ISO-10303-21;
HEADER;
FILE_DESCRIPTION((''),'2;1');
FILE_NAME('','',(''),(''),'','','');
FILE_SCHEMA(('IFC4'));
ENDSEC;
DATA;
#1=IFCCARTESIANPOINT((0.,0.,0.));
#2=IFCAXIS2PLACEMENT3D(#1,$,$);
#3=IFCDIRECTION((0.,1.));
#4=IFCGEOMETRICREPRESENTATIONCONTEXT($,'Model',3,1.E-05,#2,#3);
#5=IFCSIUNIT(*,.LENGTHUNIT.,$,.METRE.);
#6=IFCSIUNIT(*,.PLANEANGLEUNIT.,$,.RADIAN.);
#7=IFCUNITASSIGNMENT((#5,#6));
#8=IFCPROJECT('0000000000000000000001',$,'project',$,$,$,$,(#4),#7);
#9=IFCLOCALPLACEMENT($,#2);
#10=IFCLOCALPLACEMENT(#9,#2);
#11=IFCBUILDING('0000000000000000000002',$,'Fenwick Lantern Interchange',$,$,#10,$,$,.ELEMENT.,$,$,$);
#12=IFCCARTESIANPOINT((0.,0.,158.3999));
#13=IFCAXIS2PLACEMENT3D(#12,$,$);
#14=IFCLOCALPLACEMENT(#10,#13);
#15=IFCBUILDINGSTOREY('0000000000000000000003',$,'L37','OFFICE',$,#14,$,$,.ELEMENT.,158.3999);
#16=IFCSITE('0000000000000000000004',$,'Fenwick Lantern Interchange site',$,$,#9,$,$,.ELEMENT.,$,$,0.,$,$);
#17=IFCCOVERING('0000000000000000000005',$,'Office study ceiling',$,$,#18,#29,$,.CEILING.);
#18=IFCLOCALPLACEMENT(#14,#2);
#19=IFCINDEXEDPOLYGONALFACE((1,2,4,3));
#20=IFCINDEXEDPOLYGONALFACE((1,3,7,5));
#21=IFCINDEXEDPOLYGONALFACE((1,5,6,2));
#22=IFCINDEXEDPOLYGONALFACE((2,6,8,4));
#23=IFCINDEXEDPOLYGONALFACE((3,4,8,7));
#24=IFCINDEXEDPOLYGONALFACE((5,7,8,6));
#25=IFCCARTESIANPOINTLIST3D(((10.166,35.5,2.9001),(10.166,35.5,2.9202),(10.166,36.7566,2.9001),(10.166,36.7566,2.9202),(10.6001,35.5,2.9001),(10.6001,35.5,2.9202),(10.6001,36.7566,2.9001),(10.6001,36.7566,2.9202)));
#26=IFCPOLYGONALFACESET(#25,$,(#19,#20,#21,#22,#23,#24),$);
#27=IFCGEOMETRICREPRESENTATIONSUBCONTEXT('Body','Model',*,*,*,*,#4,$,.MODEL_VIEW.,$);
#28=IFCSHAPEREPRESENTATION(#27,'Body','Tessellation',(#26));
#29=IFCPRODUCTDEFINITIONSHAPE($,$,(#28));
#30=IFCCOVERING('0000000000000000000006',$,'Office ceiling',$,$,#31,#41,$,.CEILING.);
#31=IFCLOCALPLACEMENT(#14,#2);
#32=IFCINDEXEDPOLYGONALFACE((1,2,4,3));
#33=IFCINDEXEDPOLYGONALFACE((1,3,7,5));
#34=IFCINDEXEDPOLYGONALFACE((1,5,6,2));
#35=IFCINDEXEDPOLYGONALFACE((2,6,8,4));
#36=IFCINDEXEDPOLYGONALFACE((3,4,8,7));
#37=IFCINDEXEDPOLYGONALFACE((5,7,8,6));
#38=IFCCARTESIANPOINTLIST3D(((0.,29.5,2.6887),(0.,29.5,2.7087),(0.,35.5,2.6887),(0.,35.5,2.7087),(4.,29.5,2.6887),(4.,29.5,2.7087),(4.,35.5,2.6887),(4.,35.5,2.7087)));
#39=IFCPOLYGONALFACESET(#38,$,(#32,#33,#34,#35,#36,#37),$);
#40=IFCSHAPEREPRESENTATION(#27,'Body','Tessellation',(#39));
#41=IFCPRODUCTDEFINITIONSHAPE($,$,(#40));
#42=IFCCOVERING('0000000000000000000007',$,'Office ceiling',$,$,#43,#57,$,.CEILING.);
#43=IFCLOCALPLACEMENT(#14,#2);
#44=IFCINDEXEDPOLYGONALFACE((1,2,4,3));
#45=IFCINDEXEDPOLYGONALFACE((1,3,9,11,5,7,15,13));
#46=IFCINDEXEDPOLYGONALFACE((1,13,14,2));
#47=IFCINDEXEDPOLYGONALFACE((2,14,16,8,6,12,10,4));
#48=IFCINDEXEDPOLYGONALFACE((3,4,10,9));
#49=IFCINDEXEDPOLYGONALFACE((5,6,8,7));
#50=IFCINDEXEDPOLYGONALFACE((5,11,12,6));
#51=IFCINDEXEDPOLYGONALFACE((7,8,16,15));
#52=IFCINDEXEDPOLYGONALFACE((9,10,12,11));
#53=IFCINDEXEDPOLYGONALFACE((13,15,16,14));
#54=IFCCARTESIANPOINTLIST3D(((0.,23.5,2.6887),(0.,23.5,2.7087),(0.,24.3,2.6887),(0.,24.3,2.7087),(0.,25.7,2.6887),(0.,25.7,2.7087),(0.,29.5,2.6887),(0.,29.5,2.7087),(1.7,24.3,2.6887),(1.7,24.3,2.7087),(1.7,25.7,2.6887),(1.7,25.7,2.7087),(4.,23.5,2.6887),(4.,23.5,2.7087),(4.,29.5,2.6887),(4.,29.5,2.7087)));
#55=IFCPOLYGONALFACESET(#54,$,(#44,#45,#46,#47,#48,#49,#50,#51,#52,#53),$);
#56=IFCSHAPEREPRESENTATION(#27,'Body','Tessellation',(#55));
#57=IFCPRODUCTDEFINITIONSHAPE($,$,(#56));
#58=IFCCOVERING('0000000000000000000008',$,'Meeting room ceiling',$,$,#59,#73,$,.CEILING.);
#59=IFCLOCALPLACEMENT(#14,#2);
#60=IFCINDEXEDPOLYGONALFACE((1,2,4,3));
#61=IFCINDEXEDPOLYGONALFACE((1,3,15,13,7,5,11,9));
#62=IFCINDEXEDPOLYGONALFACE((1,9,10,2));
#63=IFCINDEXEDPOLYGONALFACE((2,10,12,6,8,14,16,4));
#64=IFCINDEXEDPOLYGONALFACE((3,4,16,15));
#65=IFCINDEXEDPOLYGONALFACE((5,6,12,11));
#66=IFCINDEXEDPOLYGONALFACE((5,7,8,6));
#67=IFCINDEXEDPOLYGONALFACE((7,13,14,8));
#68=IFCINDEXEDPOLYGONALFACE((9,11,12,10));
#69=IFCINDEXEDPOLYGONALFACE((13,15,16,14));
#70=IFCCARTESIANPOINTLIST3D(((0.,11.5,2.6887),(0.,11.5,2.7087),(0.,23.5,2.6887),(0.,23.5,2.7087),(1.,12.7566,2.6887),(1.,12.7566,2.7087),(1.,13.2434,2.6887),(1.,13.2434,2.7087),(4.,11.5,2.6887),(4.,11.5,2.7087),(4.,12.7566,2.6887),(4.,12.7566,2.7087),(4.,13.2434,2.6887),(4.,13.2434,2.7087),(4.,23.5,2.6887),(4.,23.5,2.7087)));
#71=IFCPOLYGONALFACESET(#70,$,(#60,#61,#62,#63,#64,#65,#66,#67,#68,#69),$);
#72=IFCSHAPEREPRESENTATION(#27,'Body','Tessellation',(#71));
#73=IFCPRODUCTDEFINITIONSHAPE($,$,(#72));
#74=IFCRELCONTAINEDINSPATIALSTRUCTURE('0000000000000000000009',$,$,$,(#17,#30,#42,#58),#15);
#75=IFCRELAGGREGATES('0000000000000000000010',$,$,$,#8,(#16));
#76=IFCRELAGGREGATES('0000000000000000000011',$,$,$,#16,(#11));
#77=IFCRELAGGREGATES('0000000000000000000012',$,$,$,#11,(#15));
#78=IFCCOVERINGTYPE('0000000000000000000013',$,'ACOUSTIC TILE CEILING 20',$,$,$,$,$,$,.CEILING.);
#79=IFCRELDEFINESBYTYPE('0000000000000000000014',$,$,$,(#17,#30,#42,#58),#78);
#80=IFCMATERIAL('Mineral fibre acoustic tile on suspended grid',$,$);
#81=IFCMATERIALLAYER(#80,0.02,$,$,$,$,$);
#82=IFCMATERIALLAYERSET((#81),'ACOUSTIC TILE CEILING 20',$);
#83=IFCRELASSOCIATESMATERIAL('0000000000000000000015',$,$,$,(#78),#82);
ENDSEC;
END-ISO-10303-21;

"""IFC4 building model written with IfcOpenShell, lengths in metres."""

from ifc_helpers import new_model, si_unit, direction, frame, origin, place, context, subcontext, project, spatial, polyline, outline, extrude, material, layer, layer_set, type_object, element, save


model = new_model("IFC4")

# Units and contexts
model_context = context("Model", 3, precision=1e-05, world=origin(), true_north=direction((0.0, 1.0)))
body_context = subcontext(model_context, "Body", "Model", "MODEL_VIEW")
ifc_project = project(units=[si_unit("LENGTHUNIT", "METRE"), si_unit("PLANEANGLEUNIT", "RADIAN")], contexts=[model_context])

# Site, building, storey
site_placement = place(None, origin())
site = spatial("IfcSite", under=ifc_project, at=site_placement, Name="Fenwick Lantern Interchange site", CompositionType="ELEMENT", RefElevation=0.0)
building_placement = place(site_placement, origin())
building = spatial("IfcBuilding", under=site, at=building_placement, Name="Fenwick Lantern Interchange", CompositionType="ELEMENT")
storey_placement = place(building_placement, frame((0.0, 0.0, 158.3999)))
storey = spatial("IfcBuildingStorey", under=building, at=storey_placement, Name="L37", Description="OFFICE", CompositionType="ELEMENT", Elevation=158.3999)

# Coverings
ifc_material_1 = material(Name="Mineral fibre acoustic tile on suspended grid")
ifc_layer_1 = layer(ifc_material_1, 0.02)
ifc_layer_set_1 = layer_set([ifc_layer_1], Name="ACOUSTIC TILE CEILING 20")
covering_type_1 = type_object("IfcCoveringType", Name="ACOUSTIC TILE CEILING 20", PredefinedType="CEILING", material=ifc_layer_set_1)
covering_1_placement = place(storey_placement, frame((0.0, 0.0, 2.9001)))
element("IfcCovering", 1, at=covering_1_placement, inside=storey, type_object=covering_type_1, Name="Office study ceiling", PredefinedType="CEILING", context=body_context, shape_type="SweptSolid", body=[
    extrude(outline(polyline([(10.6001, 35.5), (10.6001, 36.7566), (10.166, 36.7566), (10.166, 35.5), (10.6001, 35.5)])), origin(), (0.0, 0.0, 1.0), 0.02),
])
covering_2_placement = place(storey_placement, frame((0.0, 0.0, 2.6887)))
element("IfcCovering", 2, at=covering_2_placement, inside=storey, type_object=covering_type_1, Name="Office ceiling", PredefinedType="CEILING", context=body_context, shape_type="SweptSolid", body=[
    extrude(outline(polyline([(0.0, 35.5), (0.0, 29.5), (4.0, 29.5), (4.0, 35.5), (0.0, 35.5)])), origin(), (0.0, 0.0, 1.0), 0.02),
])
covering_3_placement = place(storey_placement, frame((0.0, 0.0, 2.6887)))
element("IfcCovering", 3, at=covering_3_placement, inside=storey, type_object=covering_type_1, Name="Office ceiling", PredefinedType="CEILING", context=body_context, shape_type="SweptSolid", body=[
    extrude(outline(polyline([(0.0, 29.5), (0.0, 25.7), (1.7, 25.7), (1.7, 24.3), (0.0, 24.3), (0.0, 23.5), (4.0, 23.5), (4.0, 29.5), (0.0, 29.5)])), origin(), (0.0, 0.0, 1.0), 0.02),
])
covering_4_placement = place(storey_placement, frame((0.0, 0.0, 2.6887)))
element("IfcCovering", 4, at=covering_4_placement, inside=storey, type_object=covering_type_1, Name="Meeting room ceiling", PredefinedType="CEILING", context=body_context, shape_type="SweptSolid", body=[
    extrude(outline(polyline([(4.0, 23.5), (0.0, 23.5), (0.0, 11.5), (4.0, 11.5), (4.0, 12.7566), (1.0, 12.7566), (1.0, 13.2434), (4.0, 13.2434), (4.0, 23.5)])), origin(), (0.0, 0.0, 1.0), 0.02),
])

save(model, "model.ifc")
